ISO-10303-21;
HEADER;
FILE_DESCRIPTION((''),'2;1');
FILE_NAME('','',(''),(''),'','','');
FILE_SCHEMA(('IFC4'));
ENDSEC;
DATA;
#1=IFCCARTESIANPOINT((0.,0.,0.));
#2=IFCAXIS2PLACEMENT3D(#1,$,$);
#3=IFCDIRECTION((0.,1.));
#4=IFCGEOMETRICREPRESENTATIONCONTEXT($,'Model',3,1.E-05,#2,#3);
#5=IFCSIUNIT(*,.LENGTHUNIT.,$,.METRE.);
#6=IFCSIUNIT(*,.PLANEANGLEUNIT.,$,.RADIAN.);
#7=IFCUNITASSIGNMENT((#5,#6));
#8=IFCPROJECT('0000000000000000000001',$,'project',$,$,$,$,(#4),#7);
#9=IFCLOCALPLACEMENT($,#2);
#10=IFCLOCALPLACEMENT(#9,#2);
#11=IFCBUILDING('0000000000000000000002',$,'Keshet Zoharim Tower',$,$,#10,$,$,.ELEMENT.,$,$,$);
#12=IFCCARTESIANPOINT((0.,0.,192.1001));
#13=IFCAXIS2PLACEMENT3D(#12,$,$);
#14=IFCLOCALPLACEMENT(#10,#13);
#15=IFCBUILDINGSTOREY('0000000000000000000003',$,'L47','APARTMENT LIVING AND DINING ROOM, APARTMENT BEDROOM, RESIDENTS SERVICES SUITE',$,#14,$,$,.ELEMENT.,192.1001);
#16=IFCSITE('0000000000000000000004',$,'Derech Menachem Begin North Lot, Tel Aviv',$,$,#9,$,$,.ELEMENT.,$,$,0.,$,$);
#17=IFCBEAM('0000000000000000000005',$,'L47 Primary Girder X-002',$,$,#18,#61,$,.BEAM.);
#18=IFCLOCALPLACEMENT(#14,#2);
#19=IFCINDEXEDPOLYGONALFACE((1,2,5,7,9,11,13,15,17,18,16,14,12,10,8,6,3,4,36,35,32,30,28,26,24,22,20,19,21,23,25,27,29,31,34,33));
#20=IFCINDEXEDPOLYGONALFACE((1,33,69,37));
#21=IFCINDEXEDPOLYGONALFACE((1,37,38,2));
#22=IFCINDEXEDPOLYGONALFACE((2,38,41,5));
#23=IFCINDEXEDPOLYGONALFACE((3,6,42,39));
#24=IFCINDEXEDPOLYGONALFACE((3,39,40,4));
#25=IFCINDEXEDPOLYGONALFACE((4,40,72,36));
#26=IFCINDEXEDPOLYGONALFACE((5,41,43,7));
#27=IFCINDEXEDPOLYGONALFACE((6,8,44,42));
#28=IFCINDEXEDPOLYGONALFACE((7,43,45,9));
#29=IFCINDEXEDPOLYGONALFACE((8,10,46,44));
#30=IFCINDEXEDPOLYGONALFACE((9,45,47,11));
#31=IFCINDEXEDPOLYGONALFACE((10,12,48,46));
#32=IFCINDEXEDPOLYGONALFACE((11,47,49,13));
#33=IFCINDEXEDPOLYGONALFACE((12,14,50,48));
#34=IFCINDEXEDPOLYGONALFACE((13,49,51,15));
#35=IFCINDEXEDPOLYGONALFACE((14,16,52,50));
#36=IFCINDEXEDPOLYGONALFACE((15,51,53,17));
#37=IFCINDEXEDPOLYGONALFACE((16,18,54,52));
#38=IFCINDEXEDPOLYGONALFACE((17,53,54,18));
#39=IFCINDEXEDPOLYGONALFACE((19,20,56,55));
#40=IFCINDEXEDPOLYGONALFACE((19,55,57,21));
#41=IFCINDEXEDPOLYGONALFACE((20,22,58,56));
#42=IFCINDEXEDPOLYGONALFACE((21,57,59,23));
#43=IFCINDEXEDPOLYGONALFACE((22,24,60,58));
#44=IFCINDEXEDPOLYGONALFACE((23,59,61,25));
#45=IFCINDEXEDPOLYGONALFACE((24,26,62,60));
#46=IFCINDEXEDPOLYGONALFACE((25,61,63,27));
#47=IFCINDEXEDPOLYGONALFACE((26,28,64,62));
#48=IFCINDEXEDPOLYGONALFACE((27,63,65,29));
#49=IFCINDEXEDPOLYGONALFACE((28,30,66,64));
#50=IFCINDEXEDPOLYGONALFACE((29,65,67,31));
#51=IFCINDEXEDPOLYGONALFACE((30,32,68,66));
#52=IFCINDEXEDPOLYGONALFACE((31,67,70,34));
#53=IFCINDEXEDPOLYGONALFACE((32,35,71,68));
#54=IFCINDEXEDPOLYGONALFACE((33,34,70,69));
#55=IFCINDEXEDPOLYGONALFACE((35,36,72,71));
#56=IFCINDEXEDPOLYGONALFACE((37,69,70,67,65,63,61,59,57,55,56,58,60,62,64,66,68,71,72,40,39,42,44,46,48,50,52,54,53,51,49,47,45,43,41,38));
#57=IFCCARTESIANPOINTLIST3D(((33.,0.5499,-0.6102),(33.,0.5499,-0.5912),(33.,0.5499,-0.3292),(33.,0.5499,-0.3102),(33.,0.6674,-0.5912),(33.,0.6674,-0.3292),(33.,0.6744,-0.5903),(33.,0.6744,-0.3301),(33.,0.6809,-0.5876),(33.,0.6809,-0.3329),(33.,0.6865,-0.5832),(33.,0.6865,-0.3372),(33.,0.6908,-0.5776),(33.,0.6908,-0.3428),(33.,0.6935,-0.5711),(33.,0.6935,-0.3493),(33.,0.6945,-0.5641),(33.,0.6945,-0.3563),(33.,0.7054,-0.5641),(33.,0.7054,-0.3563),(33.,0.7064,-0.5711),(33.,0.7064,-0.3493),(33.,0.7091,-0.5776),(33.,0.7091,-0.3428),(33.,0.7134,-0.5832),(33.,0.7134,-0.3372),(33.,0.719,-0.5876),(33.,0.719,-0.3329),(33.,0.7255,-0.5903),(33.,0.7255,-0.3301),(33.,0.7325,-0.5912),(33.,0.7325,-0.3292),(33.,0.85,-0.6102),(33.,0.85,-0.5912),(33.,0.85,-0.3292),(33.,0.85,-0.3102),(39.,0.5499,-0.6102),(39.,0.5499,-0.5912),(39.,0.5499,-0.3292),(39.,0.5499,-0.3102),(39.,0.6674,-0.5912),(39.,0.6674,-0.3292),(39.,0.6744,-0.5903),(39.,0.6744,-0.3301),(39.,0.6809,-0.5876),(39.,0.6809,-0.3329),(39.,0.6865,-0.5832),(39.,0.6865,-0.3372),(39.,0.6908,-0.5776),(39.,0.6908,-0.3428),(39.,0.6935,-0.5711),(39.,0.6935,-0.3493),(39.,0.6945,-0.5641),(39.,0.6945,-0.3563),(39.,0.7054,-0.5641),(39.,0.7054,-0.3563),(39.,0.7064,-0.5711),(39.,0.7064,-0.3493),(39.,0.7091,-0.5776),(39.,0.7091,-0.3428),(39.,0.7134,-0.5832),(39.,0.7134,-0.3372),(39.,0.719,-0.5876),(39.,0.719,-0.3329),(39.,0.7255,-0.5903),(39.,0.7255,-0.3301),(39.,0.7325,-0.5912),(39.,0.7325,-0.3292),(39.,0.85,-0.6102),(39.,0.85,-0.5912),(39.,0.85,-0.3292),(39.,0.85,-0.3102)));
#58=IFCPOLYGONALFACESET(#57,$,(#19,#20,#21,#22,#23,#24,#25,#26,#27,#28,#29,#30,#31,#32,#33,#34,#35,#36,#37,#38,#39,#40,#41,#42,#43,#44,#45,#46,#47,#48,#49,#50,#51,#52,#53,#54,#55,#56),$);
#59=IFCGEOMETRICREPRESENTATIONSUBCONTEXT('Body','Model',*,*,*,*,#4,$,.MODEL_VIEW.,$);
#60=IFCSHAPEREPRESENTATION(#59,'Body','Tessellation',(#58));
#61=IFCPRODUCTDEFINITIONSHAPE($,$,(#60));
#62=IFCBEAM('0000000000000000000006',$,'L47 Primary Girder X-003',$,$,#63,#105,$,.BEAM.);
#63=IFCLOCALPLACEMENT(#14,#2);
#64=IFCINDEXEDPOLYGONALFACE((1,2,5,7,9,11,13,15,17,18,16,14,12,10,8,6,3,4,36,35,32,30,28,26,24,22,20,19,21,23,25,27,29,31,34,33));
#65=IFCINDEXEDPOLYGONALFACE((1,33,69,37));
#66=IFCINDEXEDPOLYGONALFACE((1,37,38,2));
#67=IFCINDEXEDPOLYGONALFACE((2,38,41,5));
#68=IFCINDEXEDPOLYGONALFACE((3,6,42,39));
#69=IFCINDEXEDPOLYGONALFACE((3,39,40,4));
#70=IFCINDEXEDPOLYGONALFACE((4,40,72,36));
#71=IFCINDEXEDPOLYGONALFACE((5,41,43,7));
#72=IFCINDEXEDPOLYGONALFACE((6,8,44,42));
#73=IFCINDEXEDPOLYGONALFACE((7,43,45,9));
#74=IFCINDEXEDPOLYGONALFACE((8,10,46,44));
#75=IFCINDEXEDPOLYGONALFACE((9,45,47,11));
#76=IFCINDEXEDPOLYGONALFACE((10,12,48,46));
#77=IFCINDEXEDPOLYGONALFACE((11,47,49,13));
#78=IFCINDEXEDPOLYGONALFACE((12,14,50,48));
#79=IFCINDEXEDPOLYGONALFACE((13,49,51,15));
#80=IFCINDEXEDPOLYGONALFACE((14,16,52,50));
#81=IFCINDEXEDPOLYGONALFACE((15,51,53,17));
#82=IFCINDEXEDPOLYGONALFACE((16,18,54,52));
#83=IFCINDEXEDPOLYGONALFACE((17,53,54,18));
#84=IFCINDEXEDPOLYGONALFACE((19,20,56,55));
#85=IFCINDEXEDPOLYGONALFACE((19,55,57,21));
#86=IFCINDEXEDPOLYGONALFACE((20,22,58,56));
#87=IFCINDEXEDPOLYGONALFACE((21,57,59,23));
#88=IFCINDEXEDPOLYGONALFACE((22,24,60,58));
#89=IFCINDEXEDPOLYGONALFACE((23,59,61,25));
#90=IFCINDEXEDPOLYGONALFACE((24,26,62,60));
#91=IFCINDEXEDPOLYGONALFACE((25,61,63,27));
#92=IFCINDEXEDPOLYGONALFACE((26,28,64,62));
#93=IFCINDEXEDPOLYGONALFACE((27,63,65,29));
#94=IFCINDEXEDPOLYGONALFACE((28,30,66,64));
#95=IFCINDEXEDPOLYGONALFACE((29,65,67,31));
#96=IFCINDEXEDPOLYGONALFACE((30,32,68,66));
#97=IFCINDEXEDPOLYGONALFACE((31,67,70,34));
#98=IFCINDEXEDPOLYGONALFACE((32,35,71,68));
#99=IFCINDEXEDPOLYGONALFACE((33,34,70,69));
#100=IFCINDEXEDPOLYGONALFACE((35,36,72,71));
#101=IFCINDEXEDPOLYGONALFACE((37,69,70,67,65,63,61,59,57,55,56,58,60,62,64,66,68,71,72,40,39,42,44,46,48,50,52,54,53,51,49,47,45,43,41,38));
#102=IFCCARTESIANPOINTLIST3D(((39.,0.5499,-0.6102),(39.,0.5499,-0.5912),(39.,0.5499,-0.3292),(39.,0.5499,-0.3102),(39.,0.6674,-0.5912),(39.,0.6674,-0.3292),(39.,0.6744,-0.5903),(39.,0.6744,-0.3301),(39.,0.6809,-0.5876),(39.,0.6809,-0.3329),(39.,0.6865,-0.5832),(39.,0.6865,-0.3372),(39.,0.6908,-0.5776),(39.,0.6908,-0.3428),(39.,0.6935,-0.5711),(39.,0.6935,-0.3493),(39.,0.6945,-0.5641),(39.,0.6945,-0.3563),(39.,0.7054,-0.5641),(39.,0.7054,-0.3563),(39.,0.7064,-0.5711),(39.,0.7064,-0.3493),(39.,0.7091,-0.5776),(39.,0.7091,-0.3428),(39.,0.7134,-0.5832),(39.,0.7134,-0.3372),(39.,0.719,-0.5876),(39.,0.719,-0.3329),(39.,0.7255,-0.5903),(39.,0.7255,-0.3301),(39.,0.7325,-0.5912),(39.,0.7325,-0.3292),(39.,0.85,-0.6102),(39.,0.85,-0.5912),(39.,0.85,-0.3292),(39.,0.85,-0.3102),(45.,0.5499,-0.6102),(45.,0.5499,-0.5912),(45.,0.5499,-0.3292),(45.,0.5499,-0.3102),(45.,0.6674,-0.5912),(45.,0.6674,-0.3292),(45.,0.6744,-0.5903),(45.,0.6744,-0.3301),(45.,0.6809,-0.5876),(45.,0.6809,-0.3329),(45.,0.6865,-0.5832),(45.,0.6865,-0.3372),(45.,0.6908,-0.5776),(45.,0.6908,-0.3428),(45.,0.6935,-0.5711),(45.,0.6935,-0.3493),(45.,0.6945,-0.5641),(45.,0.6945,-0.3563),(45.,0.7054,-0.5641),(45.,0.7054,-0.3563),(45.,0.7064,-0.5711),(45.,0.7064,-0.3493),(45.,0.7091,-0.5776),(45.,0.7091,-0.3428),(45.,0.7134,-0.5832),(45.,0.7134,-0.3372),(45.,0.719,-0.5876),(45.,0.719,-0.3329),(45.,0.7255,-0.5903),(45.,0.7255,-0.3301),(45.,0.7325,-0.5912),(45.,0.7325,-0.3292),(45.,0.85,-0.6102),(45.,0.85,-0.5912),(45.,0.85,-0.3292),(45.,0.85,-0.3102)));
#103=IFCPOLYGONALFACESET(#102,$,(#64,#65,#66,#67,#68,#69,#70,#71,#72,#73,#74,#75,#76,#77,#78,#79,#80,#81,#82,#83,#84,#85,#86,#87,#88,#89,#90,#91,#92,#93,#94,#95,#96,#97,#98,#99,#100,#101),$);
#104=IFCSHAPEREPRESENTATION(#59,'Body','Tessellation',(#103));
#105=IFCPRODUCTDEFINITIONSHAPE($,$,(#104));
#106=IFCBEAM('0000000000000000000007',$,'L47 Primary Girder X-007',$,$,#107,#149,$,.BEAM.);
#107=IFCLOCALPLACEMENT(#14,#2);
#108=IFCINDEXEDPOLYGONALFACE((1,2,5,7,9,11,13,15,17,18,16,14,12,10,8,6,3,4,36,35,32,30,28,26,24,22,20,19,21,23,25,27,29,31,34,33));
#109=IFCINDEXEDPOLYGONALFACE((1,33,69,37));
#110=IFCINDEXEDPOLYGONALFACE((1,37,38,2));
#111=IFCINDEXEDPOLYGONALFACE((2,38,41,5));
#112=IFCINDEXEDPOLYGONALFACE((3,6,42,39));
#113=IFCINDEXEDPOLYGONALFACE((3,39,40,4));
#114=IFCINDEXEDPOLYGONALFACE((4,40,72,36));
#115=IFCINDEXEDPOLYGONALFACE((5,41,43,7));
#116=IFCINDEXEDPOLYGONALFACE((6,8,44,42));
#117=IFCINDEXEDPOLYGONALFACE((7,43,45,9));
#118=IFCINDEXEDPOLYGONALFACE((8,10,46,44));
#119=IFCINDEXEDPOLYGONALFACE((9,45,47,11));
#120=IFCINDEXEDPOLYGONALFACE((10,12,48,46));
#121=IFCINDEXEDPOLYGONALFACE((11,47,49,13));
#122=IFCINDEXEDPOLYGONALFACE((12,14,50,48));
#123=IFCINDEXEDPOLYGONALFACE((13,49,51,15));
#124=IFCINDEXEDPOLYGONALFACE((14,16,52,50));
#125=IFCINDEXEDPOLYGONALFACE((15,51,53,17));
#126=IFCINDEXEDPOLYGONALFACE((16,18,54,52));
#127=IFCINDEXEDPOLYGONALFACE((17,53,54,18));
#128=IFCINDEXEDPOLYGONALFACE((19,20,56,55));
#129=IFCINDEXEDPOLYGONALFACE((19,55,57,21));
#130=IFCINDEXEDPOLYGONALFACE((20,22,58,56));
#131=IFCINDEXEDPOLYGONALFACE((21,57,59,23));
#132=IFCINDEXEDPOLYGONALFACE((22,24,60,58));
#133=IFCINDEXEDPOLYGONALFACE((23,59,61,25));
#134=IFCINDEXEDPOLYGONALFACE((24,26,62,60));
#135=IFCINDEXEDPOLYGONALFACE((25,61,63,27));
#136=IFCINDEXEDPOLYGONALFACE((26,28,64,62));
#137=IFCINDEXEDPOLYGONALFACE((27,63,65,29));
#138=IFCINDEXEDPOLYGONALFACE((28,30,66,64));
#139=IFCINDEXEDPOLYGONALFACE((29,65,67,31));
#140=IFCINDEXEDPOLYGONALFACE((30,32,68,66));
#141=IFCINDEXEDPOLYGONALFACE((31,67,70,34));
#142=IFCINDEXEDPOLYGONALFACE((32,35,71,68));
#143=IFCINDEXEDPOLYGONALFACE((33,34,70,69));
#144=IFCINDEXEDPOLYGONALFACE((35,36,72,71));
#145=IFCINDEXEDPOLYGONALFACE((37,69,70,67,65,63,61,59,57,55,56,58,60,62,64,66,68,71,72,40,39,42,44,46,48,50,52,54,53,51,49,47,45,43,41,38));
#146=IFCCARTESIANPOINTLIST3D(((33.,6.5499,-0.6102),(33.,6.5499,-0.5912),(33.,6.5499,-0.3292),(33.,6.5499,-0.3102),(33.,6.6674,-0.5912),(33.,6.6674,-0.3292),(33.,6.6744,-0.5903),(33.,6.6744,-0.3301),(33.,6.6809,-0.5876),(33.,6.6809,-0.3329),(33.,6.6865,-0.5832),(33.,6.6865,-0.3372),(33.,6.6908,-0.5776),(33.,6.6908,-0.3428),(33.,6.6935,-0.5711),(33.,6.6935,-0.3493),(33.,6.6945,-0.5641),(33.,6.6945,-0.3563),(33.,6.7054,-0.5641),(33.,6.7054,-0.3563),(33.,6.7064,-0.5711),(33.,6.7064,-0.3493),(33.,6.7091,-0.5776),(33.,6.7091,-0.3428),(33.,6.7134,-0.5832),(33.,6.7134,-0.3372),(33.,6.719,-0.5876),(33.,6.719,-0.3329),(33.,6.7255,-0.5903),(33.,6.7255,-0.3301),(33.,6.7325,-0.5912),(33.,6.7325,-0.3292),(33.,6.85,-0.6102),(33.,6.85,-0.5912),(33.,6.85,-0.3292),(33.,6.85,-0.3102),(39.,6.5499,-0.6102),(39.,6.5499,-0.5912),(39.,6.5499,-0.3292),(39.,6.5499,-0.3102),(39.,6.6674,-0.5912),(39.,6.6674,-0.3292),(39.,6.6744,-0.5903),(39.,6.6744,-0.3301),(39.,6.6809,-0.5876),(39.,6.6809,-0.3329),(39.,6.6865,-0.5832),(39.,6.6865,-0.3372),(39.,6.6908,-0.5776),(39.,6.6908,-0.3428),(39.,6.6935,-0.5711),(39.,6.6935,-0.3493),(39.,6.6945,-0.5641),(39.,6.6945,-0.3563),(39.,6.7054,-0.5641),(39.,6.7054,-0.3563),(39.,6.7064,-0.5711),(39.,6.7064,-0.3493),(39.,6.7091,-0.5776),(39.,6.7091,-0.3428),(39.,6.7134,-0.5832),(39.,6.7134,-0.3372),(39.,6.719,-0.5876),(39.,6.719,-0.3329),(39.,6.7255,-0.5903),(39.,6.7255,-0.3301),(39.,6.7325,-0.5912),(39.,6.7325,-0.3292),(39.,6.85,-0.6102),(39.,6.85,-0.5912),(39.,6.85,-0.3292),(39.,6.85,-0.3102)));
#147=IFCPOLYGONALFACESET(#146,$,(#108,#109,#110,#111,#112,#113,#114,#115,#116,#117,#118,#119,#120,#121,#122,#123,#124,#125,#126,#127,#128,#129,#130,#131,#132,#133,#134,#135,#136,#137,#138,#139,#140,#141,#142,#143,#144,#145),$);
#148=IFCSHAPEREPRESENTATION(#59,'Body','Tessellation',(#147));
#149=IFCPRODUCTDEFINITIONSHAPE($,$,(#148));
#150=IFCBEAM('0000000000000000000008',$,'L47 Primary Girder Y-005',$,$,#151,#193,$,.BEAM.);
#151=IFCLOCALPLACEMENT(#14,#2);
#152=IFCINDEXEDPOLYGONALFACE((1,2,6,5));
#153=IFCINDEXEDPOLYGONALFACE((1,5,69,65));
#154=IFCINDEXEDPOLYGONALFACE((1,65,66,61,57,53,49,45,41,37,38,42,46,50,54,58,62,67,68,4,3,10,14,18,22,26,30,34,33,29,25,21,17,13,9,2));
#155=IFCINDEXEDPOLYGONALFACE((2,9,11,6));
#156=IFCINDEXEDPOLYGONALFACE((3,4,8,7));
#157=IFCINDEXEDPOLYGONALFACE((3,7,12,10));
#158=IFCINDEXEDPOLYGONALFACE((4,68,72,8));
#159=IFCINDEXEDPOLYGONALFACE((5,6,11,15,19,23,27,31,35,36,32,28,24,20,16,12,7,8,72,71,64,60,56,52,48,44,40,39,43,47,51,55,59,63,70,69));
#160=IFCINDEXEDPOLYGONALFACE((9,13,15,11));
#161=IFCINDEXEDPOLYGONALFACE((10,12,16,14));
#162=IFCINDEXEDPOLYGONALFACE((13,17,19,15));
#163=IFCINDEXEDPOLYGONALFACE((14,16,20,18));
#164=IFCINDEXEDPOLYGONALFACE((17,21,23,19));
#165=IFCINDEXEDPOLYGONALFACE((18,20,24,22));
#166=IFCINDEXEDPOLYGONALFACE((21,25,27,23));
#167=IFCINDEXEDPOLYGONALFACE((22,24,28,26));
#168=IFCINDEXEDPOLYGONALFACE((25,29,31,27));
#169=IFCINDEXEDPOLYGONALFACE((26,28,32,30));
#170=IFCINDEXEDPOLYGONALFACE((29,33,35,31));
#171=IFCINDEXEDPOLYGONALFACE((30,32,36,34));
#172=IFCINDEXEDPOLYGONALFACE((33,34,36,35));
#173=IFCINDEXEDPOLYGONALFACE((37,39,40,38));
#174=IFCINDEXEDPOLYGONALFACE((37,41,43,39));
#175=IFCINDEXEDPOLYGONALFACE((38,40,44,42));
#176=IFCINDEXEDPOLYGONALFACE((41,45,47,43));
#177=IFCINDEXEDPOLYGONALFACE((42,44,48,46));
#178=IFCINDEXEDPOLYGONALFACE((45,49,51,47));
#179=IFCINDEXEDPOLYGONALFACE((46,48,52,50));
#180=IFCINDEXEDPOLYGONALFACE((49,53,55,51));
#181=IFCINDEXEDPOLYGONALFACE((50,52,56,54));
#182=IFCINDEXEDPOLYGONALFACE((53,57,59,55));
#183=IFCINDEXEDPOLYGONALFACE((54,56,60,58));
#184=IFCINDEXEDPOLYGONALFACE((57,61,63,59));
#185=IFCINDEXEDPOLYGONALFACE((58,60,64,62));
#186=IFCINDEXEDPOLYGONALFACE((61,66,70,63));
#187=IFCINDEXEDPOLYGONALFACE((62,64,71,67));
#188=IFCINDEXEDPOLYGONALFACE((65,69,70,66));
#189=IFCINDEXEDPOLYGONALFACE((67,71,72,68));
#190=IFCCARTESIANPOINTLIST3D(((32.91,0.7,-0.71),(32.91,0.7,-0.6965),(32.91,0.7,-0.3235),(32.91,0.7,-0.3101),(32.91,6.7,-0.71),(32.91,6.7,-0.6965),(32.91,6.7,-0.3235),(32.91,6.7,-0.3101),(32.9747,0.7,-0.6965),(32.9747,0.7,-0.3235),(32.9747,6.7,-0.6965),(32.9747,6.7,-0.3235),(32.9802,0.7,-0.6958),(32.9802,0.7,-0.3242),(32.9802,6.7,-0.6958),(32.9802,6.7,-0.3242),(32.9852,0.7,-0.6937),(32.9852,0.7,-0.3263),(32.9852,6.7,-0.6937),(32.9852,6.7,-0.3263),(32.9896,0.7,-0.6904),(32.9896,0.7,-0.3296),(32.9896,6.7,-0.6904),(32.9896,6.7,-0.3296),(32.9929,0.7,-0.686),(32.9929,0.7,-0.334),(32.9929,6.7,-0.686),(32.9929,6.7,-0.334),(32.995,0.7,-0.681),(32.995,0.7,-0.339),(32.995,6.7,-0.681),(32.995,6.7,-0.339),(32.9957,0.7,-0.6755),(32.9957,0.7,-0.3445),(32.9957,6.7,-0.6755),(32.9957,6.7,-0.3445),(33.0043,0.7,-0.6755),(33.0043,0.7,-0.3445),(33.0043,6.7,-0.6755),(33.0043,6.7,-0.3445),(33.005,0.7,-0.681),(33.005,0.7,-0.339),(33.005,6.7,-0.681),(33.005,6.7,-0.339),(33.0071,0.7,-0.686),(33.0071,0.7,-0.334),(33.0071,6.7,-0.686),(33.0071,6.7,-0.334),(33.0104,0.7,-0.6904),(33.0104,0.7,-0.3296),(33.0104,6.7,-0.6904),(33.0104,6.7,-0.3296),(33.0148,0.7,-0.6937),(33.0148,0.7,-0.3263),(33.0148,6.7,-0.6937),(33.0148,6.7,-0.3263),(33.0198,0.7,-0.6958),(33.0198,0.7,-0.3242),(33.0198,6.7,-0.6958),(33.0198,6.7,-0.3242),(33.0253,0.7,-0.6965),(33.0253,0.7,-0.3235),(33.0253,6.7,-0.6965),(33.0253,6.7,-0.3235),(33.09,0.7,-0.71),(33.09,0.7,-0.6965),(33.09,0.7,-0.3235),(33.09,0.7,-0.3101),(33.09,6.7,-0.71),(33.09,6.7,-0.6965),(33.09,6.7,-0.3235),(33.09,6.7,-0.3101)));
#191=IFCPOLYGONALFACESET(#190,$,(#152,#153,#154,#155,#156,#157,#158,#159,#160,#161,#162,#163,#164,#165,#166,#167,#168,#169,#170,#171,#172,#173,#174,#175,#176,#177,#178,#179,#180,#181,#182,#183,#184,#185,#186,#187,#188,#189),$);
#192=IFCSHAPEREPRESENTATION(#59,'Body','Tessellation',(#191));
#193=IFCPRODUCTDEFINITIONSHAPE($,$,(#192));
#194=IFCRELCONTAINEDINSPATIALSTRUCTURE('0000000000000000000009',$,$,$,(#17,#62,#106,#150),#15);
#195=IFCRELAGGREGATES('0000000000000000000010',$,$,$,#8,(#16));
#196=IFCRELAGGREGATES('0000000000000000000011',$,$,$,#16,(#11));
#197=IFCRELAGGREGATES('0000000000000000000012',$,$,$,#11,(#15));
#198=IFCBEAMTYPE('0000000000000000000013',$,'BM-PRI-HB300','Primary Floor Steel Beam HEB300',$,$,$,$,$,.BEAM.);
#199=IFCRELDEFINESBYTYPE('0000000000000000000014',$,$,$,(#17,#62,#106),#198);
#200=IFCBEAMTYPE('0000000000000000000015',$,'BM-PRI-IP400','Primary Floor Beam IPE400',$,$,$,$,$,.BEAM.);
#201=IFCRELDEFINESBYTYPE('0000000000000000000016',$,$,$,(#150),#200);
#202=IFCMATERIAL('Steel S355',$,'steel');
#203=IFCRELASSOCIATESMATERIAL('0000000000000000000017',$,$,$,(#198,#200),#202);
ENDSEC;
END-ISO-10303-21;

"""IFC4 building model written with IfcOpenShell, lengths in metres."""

from ifc_helpers import new_model, si_unit, direction, frame, origin, origin_2d, place, context, subcontext, project, spatial, i_section, extrude, material, material_profile, profile_set, type_object, element, save


model = new_model("IFC4")

# Units and contexts
model_context = context("Model", 3, precision=1e-05, world=origin(), true_north=direction((0.0, 1.0)))
body_context = subcontext(model_context, "Body", "Model", "MODEL_VIEW")
ifc_project = project(units=[si_unit("LENGTHUNIT", "METRE"), si_unit("PLANEANGLEUNIT", "RADIAN")], contexts=[model_context])

# Site, building, storey
site_placement = place(None, origin())
site = spatial("IfcSite", under=ifc_project, at=site_placement, Name="Derech Menachem Begin North Lot, Tel Aviv", CompositionType="ELEMENT", RefElevation=0.0)
building_placement = place(site_placement, origin())
building = spatial("IfcBuilding", under=site, at=building_placement, Name="Keshet Zoharim Tower", CompositionType="ELEMENT")
storey_placement = place(building_placement, frame((0.0, 0.0, 192.1001)))
storey = spatial("IfcBuildingStorey", under=building, at=storey_placement, Name="L47", Description="APARTMENT LIVING AND DINING ROOM, APARTMENT BEDROOM, RESIDENTS SERVICES SUITE", CompositionType="ELEMENT", Elevation=192.1001)

# Shared definitions
ifc_material_1 = material(Name="Steel S355", Category="steel")

# Beams
ifc_material_profile_1 = material_profile(ifc_material_1, i_section(OverallWidth=0.3, OverallDepth=0.3, WebThickness=0.011, FlangeThickness=0.019, FilletRadius=0.0271, at=origin_2d()), Name="HEB300")
ifc_profile_set_1 = profile_set([ifc_material_profile_1], Name="Steel S355")
beam_type_1 = type_object("IfcBeamType", Name="BM-PRI-HB300", Description="Primary Floor Steel Beam HEB300", PredefinedType="BEAM", material=ifc_profile_set_1)
for number, where, z_axis, x_axis, name in (
    (1, (33.0, 0.7, -0.4602), (1.0, 0.0, 0.0), (0.0, 1.0, 0.0), "L47 Primary Girder X-002"),
    (2, (39.0, 0.7, -0.4602), (1.0, 0.0, 0.0), (0.0, 1.0, 0.0), "L47 Primary Girder X-003"),
    (3, (33.0, 6.7, -0.4602), (1.0, 0.0, 0.0), (0.0, 1.0, 0.0), "L47 Primary Girder X-007"),
):
    element("IfcBeam", number, at=place(storey_placement, frame(where, z_axis=z_axis, x_axis=x_axis)), inside=storey, type_object=beam_type_1, Name=name, PredefinedType="BEAM", context=body_context, shape_type="SweptSolid", body=[
        extrude(i_section(OverallWidth=0.3, OverallDepth=0.3, WebThickness=0.011, FlangeThickness=0.019, FilletRadius=0.0271, at=origin_2d()), origin(), (0.0, 0.0, 1.0), 6.0),
    ])
ifc_material_profile_2 = material_profile(ifc_material_1, i_section(OverallWidth=0.1799, OverallDepth=0.3999, WebThickness=0.0085, FlangeThickness=0.0134, FilletRadius=0.021, at=origin_2d()), Name="IPE400")
ifc_profile_set_2 = profile_set([ifc_material_profile_2], Name="Steel S355")
beam_type_2 = type_object("IfcBeamType", Name="BM-PRI-IP400", Description="Primary Floor Beam IPE400", PredefinedType="BEAM", material=ifc_profile_set_2)
for number, where, z_axis, x_axis, name in (
    (4, (33.0, 0.7, -0.51), (0.0, 1.0, 0.0), (-1.0, 0.0, 0.0), "L47 Primary Girder Y-005"),
):
    element("IfcBeam", number, at=place(storey_placement, frame(where, z_axis=z_axis, x_axis=x_axis)), inside=storey, type_object=beam_type_2, Name=name, PredefinedType="BEAM", context=body_context, shape_type="SweptSolid", body=[
        extrude(i_section(OverallWidth=0.1799, OverallDepth=0.3999, WebThickness=0.0085, FlangeThickness=0.0134, FilletRadius=0.021, at=origin_2d()), origin(), (0.0, 0.0, 1.0), 6.0),
    ])

save(model, "model.ifc")
